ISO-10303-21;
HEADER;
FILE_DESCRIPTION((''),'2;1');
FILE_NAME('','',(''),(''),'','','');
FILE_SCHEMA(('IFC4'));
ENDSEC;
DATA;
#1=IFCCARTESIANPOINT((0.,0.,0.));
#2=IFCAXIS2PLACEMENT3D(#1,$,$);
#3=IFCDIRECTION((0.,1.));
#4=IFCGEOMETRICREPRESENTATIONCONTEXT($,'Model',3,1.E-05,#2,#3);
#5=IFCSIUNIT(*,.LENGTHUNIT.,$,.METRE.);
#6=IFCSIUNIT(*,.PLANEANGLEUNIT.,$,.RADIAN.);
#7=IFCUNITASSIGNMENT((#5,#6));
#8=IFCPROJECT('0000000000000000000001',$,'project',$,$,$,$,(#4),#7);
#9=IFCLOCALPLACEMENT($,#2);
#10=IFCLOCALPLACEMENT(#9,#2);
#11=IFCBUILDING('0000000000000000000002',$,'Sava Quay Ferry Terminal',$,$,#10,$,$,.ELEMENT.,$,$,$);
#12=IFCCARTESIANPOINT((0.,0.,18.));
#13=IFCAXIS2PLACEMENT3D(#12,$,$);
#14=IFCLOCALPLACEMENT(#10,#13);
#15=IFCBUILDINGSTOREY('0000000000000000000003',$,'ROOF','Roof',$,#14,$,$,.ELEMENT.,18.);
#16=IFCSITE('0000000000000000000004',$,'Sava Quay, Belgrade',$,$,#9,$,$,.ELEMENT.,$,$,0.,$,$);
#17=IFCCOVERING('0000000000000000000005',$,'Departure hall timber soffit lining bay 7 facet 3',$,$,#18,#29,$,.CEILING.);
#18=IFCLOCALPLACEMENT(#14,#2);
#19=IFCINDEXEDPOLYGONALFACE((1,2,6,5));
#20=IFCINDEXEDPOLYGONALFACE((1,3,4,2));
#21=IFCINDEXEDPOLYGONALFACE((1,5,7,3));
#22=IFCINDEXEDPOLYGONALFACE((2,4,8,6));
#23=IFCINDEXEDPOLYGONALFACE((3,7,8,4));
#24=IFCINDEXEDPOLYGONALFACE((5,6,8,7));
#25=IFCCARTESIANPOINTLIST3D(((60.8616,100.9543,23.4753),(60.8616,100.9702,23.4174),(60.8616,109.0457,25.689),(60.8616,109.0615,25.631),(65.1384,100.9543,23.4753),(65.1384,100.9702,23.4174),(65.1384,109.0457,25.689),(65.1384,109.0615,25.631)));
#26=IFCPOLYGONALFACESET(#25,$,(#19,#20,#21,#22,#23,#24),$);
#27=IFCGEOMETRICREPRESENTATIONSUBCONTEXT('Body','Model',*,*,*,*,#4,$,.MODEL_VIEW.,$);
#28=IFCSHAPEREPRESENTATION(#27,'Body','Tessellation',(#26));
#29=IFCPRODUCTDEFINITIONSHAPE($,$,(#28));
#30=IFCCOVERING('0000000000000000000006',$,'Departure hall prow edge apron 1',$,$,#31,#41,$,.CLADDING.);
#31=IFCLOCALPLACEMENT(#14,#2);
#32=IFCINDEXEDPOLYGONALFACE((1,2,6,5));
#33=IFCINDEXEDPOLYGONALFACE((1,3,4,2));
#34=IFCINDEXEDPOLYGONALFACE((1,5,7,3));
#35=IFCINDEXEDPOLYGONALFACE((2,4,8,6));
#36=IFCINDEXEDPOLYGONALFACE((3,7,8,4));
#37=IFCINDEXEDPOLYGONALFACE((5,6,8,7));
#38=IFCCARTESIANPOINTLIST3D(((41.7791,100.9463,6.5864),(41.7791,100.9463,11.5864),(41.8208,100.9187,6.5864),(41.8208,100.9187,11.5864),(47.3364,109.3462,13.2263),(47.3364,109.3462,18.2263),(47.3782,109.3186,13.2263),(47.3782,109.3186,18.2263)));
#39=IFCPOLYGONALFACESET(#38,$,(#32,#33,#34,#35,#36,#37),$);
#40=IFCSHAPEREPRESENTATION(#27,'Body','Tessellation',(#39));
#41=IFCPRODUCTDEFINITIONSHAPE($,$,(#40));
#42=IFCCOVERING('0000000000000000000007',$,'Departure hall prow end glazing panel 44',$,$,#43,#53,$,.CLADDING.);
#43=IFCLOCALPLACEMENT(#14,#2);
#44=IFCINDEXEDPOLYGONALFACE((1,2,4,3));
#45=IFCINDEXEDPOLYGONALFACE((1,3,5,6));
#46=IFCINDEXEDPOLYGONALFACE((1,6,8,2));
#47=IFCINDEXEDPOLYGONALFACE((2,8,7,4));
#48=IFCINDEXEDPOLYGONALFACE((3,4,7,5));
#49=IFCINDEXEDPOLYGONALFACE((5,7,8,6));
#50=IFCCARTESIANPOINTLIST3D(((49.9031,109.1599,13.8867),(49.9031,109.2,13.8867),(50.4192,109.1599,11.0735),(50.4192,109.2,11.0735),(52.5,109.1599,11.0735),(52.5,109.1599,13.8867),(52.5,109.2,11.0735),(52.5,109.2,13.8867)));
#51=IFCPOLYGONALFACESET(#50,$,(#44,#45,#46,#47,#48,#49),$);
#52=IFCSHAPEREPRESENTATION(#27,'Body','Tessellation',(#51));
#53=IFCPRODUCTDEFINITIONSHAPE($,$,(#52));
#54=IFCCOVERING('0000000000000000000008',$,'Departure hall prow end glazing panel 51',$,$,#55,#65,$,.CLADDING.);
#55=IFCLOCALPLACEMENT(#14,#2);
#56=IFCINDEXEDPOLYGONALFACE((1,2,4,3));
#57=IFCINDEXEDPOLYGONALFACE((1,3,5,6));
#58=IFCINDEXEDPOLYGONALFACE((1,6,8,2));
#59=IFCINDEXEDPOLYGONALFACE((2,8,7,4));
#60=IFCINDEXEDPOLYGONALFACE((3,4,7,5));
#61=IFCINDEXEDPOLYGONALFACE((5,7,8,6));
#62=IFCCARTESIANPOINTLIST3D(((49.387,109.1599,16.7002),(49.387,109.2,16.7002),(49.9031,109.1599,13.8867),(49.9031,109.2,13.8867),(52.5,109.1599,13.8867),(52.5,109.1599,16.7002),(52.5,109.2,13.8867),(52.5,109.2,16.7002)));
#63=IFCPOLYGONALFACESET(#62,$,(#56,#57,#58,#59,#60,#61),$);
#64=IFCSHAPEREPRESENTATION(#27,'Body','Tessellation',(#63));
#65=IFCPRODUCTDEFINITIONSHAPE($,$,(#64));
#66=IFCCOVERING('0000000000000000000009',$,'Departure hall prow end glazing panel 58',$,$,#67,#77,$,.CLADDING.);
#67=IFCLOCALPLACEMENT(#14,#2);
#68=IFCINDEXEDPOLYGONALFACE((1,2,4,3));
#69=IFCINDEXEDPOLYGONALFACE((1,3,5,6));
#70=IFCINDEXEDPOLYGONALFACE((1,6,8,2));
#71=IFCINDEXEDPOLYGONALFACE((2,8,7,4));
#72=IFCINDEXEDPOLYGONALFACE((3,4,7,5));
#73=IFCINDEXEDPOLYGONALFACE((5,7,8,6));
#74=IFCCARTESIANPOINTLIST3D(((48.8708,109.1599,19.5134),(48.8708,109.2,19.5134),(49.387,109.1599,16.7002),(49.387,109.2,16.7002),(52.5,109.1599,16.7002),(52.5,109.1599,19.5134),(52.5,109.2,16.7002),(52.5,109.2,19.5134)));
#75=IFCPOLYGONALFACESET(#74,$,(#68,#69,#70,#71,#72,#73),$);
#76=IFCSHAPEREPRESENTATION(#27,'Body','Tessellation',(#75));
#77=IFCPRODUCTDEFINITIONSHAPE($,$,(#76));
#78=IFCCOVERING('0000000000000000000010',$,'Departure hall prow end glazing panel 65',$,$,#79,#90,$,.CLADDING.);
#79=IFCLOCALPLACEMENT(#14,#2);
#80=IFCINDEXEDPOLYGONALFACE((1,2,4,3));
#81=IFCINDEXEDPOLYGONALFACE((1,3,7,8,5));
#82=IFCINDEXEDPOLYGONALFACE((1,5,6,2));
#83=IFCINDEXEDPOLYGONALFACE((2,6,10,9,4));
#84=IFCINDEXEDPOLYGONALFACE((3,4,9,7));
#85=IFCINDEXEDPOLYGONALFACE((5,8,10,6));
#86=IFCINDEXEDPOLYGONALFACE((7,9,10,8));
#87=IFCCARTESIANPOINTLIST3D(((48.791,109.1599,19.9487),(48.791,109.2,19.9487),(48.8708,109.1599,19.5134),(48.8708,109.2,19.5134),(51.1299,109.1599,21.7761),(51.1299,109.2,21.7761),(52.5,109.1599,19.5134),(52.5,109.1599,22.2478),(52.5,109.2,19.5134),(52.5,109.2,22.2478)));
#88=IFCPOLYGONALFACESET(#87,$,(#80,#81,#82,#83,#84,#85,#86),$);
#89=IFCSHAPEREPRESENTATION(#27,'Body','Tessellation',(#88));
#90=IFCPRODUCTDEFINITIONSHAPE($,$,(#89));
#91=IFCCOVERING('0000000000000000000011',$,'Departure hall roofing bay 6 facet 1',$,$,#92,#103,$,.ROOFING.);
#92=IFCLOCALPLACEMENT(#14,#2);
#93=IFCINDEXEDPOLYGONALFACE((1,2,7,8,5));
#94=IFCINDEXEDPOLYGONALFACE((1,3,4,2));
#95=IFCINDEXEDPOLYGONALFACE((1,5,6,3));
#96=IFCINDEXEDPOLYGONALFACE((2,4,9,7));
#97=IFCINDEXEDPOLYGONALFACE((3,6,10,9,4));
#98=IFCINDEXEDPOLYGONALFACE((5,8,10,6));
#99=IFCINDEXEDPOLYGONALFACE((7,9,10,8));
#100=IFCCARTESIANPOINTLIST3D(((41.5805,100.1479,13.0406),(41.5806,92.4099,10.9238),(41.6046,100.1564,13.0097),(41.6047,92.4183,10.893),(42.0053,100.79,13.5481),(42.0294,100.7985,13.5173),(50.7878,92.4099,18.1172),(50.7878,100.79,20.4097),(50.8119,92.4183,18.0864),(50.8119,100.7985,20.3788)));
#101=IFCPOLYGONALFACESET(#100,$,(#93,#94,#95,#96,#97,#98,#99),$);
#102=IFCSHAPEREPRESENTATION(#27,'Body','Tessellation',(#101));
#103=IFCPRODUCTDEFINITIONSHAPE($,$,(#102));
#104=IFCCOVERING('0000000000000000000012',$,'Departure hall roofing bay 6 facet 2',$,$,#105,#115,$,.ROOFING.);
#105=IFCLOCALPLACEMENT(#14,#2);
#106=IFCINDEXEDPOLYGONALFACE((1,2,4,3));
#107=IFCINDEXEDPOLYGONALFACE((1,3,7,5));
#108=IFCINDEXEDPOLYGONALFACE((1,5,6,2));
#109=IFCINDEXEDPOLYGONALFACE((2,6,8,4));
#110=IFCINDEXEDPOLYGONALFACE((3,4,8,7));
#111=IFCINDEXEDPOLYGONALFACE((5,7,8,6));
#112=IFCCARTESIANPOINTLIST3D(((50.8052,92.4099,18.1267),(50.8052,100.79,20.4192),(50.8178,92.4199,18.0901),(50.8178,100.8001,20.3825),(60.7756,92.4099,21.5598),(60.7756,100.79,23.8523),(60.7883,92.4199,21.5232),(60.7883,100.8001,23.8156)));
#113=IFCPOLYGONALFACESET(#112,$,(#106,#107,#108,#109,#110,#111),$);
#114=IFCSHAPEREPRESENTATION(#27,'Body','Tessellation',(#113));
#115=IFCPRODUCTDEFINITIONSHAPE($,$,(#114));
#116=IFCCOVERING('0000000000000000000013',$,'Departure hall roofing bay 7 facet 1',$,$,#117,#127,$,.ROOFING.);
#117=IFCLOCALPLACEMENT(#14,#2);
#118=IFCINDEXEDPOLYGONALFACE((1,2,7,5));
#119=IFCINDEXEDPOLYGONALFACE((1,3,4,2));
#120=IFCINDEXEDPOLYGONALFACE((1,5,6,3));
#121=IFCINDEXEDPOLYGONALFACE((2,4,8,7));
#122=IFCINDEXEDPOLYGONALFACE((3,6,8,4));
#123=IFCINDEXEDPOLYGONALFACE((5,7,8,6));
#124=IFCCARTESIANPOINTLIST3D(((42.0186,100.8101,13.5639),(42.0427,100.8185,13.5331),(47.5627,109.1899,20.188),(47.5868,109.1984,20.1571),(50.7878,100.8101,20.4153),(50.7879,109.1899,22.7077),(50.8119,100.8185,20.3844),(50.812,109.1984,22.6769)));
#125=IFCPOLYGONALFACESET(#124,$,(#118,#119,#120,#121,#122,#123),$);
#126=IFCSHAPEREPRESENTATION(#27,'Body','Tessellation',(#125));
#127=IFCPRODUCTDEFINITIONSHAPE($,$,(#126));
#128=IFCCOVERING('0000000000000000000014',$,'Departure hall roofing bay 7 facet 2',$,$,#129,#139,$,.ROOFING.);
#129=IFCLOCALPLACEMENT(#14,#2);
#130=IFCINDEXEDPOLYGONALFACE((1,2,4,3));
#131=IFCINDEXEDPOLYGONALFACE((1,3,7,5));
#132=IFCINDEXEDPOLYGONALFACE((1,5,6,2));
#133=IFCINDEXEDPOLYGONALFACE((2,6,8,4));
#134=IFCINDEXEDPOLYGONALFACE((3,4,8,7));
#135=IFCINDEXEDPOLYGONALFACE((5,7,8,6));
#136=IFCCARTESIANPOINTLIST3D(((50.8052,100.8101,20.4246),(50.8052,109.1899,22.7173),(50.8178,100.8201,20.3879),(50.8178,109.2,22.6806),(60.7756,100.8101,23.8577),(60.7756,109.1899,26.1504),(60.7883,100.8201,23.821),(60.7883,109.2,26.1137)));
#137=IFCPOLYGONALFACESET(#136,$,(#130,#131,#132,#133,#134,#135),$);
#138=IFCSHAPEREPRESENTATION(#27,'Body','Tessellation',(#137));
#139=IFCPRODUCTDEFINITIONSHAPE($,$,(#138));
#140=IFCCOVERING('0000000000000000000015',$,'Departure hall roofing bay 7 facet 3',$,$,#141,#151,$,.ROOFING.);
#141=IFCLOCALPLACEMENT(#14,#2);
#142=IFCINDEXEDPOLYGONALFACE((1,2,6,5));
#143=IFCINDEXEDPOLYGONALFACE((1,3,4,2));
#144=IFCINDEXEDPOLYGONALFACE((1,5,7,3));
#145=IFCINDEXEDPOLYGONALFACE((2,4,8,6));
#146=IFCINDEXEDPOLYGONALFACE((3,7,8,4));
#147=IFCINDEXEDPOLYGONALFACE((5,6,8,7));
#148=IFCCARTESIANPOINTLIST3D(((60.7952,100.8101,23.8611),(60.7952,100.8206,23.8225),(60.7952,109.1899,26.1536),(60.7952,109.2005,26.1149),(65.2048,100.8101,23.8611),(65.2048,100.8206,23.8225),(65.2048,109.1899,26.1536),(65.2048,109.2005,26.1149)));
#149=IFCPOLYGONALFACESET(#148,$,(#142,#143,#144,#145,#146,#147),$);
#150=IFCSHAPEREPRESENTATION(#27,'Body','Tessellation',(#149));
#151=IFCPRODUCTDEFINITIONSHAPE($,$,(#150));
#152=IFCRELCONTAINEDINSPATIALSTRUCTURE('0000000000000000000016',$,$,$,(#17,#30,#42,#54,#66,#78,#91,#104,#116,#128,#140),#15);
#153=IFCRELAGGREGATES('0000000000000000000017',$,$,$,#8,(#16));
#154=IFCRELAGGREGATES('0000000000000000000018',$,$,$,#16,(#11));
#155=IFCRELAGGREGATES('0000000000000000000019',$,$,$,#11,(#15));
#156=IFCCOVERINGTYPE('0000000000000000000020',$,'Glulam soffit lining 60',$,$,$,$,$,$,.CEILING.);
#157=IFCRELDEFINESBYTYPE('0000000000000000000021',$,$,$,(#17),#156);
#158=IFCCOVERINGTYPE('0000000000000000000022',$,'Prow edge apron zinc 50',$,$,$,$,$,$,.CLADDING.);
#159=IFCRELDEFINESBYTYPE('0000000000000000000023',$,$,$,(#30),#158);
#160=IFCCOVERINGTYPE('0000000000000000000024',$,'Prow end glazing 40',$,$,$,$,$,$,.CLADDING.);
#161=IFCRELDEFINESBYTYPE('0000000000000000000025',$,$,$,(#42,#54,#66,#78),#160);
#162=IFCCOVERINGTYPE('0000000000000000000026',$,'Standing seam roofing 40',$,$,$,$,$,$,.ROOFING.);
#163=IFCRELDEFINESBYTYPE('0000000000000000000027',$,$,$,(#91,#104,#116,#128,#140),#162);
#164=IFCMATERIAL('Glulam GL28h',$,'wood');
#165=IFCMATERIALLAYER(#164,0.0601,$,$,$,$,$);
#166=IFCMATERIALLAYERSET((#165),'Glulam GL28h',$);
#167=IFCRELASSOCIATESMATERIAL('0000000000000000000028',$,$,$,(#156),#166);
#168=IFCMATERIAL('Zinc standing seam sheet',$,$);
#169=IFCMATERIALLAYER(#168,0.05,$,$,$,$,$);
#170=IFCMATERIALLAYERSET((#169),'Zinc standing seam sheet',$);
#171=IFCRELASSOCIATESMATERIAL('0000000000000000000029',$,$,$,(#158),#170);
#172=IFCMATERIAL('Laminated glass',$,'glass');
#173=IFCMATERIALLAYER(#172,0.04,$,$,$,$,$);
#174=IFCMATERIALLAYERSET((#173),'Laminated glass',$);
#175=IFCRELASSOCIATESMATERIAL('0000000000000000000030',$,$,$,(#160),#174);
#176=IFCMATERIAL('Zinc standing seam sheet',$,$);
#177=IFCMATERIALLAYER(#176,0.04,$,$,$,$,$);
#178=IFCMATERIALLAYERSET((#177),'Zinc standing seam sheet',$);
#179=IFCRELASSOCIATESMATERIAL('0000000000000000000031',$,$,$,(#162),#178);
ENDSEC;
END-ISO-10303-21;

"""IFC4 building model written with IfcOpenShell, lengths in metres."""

from ifc_helpers import new_model, si_unit, direction, frame, origin, place, context, subcontext, project, spatial, polyline, outline, extrude, material, layer, layer_set, type_object, element, save


model = new_model("IFC4")

# Units and contexts
model_context = context("Model", 3, precision=1e-05, world=origin(), true_north=direction((0.0, 1.0)))
body_context = subcontext(model_context, "Body", "Model", "MODEL_VIEW")
ifc_project = project(units=[si_unit("LENGTHUNIT", "METRE"), si_unit("PLANEANGLEUNIT", "RADIAN")], contexts=[model_context])

# Site, building, storey
site_placement = place(None, origin())
site = spatial("IfcSite", under=ifc_project, at=site_placement, Name="Sava Quay, Belgrade", CompositionType="ELEMENT", RefElevation=0.0)
building_placement = place(site_placement, origin())
building = spatial("IfcBuilding", under=site, at=building_placement, Name="Sava Quay Ferry Terminal", CompositionType="ELEMENT")
storey_placement = place(building_placement, frame((0.0, 0.0, 18.0)))
storey = spatial("IfcBuildingStorey", under=building, at=storey_placement, Name="ROOF", Description="Roof", CompositionType="ELEMENT", Elevation=18.0)

# Coverings
ifc_material_1 = material(Name="Glulam GL28h", Category="wood")
ifc_layer_1 = layer(ifc_material_1, 0.0601)
ifc_layer_set_1 = layer_set([ifc_layer_1], Name="Glulam GL28h")
covering_type_1 = type_object("IfcCoveringType", Name="Glulam soffit lining 60", PredefinedType="CEILING", material=ifc_layer_set_1)
covering_1_placement = place(storey_placement, frame((60.8616, 100.9543, 23.4753), z_axis=(0.0, -0.263883, 0.964555), x_axis=(0.0, 0.964555, 0.263883)))
element("IfcCovering", 1, at=covering_1_placement, inside=storey, type_object=covering_type_1, Name="Departure hall timber soffit lining bay 7 facet 3", PredefinedType="CEILING", context=body_context, shape_type="SweptSolid", body=[
    extrude(outline(polyline([(0.0, 0.0), (8.3886, 0.0), (8.3886, -4.2769), (0.0, -4.2769), (0.0, 0.0)])), origin(), (0.0, 0.0, -1.0), 0.0601),
])
ifc_material_2 = material(Name="Zinc standing seam sheet")
ifc_layer_2 = layer(ifc_material_2, 0.05)
ifc_layer_set_2 = layer_set([ifc_layer_2], Name="Zinc standing seam sheet")
covering_type_2 = type_object("IfcCoveringType", Name="Prow edge apron zinc 50", PredefinedType="CLADDING", material=ifc_layer_set_2)
covering_2_placement = place(storey_placement, frame((41.7791, 100.9463, 11.5864), z_axis=(-0.833996, 0.551771, 0.0), x_axis=(0.460672, 0.6963, 0.550406)))
element("IfcCovering", 2, at=covering_2_placement, inside=storey, type_object=covering_type_2, Name="Departure hall prow edge apron 1", PredefinedType="CLADDING", context=body_context, shape_type="SweptSolid", body=[
    extrude(outline(polyline([(0.0, 0.0), (12.0636, 0.0), (9.3116, 4.1745), (-2.752, 4.1745), (0.0, 0.0)])), origin(), (0.0, 0.0, -1.0), 0.05),
])
ifc_material_3 = material(Name="Laminated glass", Category="glass")
ifc_layer_3 = layer(ifc_material_3, 0.04)
ifc_layer_set_3 = layer_set([ifc_layer_3], Name="Laminated glass")
covering_type_3 = type_object("IfcCoveringType", Name="Prow end glazing 40", PredefinedType="CLADDING", material=ifc_layer_set_3)
covering_3_placement = place(storey_placement, frame((49.9031, 109.2, 13.8867), z_axis=(0.0, 1.0, 0.0), x_axis=(1.0, 0.0, 0.0)))
element("IfcCovering", 3, at=covering_3_placement, inside=storey, type_object=covering_type_3, Name="Departure hall prow end glazing panel 44", PredefinedType="CLADDING", context=body_context, shape_type="SweptSolid", body=[
    extrude(outline(polyline([(0.0, 0.0), (2.5969, 0.0), (2.5969, 2.8132), (0.5161, 2.8132), (0.0, 0.0)])), origin(), (0.0, 0.0, -1.0), 0.04),
])
covering_4_placement = place(storey_placement, frame((49.387, 109.2, 16.7002), z_axis=(0.0, 1.0, 0.0), x_axis=(1.0, 0.0, 0.0)))
element("IfcCovering", 4, at=covering_4_placement, inside=storey, type_object=covering_type_3, Name="Departure hall prow end glazing panel 51", PredefinedType="CLADDING", context=body_context, shape_type="SweptSolid", body=[
    extrude(outline(polyline([(0.0, 0.0), (3.113, 0.0), (3.113, 2.8135), (0.5161, 2.8135), (0.0, 0.0)])), origin(), (0.0, 0.0, -1.0), 0.04),
])
covering_5_placement = place(storey_placement, frame((48.8708, 109.2, 19.5134), z_axis=(0.0, 1.0, 0.0), x_axis=(1.0, 0.0, 0.0)))
element("IfcCovering", 5, at=covering_5_placement, inside=storey, type_object=covering_type_3, Name="Departure hall prow end glazing panel 58", PredefinedType="CLADDING", context=body_context, shape_type="SweptSolid", body=[
    extrude(outline(polyline([(0.0, 0.0), (3.6292, 0.0), (3.6292, 2.8132), (0.5161, 2.8132), (0.0, 0.0)])), origin(), (0.0, 0.0, -1.0), 0.04),
])
covering_6_placement = place(storey_placement, frame((48.791, 109.2, 19.9487), z_axis=(0.0, 1.0, 0.0), x_axis=(0.787999, 0.0, 0.615676)))
element("IfcCovering", 6, at=covering_6_placement, inside=storey, type_object=covering_type_3, Name="Departure hall prow end glazing panel 65", PredefinedType="CLADDING", context=body_context, shape_type="SweptSolid", body=[
    extrude(outline(polyline([(0.0, 0.0), (2.9681, 0.0), (4.3382, 0.4719), (2.6547, 2.6266), (-0.2051, 0.3922), (0.0, 0.0)])), origin(), (0.0, 0.0, -1.0), 0.04),
])
ifc_material_4 = material(Name="Zinc standing seam sheet")
ifc_layer_4 = layer(ifc_material_4, 0.04)
ifc_layer_set_4 = layer_set([ifc_layer_4], Name="Zinc standing seam sheet")
covering_type_4 = type_object("IfcCoveringType", Name="Standing seam roofing 40", PredefinedType="ROOFING", material=ifc_layer_set_4)
covering_7_placement = place(storey_placement, frame((41.5806, 92.4099, 10.9238), z_axis=(-0.601833, -0.210725, 0.77032), x_axis=(-0.000005, 0.964562, 0.263857)))
element("IfcCovering", 7, at=covering_7_placement, inside=storey, type_object=covering_type_4, Name="Departure hall roofing bay 6 facet 1", PredefinedType="ROOFING", context=body_context, shape_type="SweptSolid", body=[
    extrude(outline(polyline([(0.0, 0.0), (8.0223, 0.0), (8.7756, -0.5319), (10.586, -11.529), (1.898, -11.5289), (0.0, 0.0)])), origin(), (0.0, 0.0, -1.0), 0.04),
])
covering_8_placement = place(storey_placement, frame((50.8052, 92.4099, 18.1267), z_axis=(-0.315195, -0.250416, 0.915393), x_axis=(0.0, 0.964559, 0.263866)))
element("IfcCovering", 8, at=covering_8_placement, inside=storey, type_object=covering_type_4, Name="Departure hall roofing bay 6 facet 2", PredefinedType="ROOFING", context=body_context, shape_type="SweptSolid", body=[
    extrude(outline(polyline([(0.0, 0.0), (8.688, 0.0), (9.5939, -10.506), (0.9059, -10.506), (0.0, 0.0)])), origin(), (0.0, 0.0, -1.0), 0.04),
])
covering_9_placement = place(storey_placement, frame((47.5627, 109.1899, 20.188), z_axis=(-0.601838, -0.210731, 0.770314), x_axis=(0.788009, 0.000002, 0.615664)))
element("IfcCovering", 9, at=covering_9_placement, inside=storey, type_object=covering_type_4, Name="Departure hall roofing bay 7 facet 1", PredefinedType="ROOFING", context=body_context, shape_type="SweptSolid", body=[
    extrude(outline(polyline([(0.0, 0.0), (4.0927, 0.0), (2.6813, -8.5724), (-8.4471, -8.5724), (0.0, 0.0)])), origin(), (0.0, 0.0, -1.0), 0.04),
])
covering_10_placement = place(storey_placement, frame((50.8052, 100.8101, 20.4246), z_axis=(-0.315192, -0.250448, 0.915385), x_axis=(0.0, 0.96455, 0.2639)))
element("IfcCovering", 10, at=covering_10_placement, inside=storey, type_object=covering_type_4, Name="Departure hall roofing bay 7 facet 2", PredefinedType="ROOFING", context=body_context, shape_type="SweptSolid", body=[
    extrude(outline(polyline([(0.0, 0.0), (8.6879, 0.0), (9.5939, -10.506), (0.906, -10.506), (0.0, 0.0)])), origin(), (0.0, 0.0, -1.0), 0.04),
])
covering_11_placement = place(storey_placement, frame((60.7952, 100.8101, 23.8611), z_axis=(0.0, -0.263873, 0.964557), x_axis=(0.0, 0.964557, 0.263873)))
element("IfcCovering", 11, at=covering_11_placement, inside=storey, type_object=covering_type_4, Name="Departure hall roofing bay 7 facet 3", PredefinedType="ROOFING", context=body_context, shape_type="SweptSolid", body=[
    extrude(outline(polyline([(0.0, 0.0), (8.6878, 0.0), (8.6878, -4.4097), (0.0, -4.4097), (0.0, 0.0)])), origin(), (0.0, 0.0, -1.0), 0.04),
])

save(model, "model.ifc")
